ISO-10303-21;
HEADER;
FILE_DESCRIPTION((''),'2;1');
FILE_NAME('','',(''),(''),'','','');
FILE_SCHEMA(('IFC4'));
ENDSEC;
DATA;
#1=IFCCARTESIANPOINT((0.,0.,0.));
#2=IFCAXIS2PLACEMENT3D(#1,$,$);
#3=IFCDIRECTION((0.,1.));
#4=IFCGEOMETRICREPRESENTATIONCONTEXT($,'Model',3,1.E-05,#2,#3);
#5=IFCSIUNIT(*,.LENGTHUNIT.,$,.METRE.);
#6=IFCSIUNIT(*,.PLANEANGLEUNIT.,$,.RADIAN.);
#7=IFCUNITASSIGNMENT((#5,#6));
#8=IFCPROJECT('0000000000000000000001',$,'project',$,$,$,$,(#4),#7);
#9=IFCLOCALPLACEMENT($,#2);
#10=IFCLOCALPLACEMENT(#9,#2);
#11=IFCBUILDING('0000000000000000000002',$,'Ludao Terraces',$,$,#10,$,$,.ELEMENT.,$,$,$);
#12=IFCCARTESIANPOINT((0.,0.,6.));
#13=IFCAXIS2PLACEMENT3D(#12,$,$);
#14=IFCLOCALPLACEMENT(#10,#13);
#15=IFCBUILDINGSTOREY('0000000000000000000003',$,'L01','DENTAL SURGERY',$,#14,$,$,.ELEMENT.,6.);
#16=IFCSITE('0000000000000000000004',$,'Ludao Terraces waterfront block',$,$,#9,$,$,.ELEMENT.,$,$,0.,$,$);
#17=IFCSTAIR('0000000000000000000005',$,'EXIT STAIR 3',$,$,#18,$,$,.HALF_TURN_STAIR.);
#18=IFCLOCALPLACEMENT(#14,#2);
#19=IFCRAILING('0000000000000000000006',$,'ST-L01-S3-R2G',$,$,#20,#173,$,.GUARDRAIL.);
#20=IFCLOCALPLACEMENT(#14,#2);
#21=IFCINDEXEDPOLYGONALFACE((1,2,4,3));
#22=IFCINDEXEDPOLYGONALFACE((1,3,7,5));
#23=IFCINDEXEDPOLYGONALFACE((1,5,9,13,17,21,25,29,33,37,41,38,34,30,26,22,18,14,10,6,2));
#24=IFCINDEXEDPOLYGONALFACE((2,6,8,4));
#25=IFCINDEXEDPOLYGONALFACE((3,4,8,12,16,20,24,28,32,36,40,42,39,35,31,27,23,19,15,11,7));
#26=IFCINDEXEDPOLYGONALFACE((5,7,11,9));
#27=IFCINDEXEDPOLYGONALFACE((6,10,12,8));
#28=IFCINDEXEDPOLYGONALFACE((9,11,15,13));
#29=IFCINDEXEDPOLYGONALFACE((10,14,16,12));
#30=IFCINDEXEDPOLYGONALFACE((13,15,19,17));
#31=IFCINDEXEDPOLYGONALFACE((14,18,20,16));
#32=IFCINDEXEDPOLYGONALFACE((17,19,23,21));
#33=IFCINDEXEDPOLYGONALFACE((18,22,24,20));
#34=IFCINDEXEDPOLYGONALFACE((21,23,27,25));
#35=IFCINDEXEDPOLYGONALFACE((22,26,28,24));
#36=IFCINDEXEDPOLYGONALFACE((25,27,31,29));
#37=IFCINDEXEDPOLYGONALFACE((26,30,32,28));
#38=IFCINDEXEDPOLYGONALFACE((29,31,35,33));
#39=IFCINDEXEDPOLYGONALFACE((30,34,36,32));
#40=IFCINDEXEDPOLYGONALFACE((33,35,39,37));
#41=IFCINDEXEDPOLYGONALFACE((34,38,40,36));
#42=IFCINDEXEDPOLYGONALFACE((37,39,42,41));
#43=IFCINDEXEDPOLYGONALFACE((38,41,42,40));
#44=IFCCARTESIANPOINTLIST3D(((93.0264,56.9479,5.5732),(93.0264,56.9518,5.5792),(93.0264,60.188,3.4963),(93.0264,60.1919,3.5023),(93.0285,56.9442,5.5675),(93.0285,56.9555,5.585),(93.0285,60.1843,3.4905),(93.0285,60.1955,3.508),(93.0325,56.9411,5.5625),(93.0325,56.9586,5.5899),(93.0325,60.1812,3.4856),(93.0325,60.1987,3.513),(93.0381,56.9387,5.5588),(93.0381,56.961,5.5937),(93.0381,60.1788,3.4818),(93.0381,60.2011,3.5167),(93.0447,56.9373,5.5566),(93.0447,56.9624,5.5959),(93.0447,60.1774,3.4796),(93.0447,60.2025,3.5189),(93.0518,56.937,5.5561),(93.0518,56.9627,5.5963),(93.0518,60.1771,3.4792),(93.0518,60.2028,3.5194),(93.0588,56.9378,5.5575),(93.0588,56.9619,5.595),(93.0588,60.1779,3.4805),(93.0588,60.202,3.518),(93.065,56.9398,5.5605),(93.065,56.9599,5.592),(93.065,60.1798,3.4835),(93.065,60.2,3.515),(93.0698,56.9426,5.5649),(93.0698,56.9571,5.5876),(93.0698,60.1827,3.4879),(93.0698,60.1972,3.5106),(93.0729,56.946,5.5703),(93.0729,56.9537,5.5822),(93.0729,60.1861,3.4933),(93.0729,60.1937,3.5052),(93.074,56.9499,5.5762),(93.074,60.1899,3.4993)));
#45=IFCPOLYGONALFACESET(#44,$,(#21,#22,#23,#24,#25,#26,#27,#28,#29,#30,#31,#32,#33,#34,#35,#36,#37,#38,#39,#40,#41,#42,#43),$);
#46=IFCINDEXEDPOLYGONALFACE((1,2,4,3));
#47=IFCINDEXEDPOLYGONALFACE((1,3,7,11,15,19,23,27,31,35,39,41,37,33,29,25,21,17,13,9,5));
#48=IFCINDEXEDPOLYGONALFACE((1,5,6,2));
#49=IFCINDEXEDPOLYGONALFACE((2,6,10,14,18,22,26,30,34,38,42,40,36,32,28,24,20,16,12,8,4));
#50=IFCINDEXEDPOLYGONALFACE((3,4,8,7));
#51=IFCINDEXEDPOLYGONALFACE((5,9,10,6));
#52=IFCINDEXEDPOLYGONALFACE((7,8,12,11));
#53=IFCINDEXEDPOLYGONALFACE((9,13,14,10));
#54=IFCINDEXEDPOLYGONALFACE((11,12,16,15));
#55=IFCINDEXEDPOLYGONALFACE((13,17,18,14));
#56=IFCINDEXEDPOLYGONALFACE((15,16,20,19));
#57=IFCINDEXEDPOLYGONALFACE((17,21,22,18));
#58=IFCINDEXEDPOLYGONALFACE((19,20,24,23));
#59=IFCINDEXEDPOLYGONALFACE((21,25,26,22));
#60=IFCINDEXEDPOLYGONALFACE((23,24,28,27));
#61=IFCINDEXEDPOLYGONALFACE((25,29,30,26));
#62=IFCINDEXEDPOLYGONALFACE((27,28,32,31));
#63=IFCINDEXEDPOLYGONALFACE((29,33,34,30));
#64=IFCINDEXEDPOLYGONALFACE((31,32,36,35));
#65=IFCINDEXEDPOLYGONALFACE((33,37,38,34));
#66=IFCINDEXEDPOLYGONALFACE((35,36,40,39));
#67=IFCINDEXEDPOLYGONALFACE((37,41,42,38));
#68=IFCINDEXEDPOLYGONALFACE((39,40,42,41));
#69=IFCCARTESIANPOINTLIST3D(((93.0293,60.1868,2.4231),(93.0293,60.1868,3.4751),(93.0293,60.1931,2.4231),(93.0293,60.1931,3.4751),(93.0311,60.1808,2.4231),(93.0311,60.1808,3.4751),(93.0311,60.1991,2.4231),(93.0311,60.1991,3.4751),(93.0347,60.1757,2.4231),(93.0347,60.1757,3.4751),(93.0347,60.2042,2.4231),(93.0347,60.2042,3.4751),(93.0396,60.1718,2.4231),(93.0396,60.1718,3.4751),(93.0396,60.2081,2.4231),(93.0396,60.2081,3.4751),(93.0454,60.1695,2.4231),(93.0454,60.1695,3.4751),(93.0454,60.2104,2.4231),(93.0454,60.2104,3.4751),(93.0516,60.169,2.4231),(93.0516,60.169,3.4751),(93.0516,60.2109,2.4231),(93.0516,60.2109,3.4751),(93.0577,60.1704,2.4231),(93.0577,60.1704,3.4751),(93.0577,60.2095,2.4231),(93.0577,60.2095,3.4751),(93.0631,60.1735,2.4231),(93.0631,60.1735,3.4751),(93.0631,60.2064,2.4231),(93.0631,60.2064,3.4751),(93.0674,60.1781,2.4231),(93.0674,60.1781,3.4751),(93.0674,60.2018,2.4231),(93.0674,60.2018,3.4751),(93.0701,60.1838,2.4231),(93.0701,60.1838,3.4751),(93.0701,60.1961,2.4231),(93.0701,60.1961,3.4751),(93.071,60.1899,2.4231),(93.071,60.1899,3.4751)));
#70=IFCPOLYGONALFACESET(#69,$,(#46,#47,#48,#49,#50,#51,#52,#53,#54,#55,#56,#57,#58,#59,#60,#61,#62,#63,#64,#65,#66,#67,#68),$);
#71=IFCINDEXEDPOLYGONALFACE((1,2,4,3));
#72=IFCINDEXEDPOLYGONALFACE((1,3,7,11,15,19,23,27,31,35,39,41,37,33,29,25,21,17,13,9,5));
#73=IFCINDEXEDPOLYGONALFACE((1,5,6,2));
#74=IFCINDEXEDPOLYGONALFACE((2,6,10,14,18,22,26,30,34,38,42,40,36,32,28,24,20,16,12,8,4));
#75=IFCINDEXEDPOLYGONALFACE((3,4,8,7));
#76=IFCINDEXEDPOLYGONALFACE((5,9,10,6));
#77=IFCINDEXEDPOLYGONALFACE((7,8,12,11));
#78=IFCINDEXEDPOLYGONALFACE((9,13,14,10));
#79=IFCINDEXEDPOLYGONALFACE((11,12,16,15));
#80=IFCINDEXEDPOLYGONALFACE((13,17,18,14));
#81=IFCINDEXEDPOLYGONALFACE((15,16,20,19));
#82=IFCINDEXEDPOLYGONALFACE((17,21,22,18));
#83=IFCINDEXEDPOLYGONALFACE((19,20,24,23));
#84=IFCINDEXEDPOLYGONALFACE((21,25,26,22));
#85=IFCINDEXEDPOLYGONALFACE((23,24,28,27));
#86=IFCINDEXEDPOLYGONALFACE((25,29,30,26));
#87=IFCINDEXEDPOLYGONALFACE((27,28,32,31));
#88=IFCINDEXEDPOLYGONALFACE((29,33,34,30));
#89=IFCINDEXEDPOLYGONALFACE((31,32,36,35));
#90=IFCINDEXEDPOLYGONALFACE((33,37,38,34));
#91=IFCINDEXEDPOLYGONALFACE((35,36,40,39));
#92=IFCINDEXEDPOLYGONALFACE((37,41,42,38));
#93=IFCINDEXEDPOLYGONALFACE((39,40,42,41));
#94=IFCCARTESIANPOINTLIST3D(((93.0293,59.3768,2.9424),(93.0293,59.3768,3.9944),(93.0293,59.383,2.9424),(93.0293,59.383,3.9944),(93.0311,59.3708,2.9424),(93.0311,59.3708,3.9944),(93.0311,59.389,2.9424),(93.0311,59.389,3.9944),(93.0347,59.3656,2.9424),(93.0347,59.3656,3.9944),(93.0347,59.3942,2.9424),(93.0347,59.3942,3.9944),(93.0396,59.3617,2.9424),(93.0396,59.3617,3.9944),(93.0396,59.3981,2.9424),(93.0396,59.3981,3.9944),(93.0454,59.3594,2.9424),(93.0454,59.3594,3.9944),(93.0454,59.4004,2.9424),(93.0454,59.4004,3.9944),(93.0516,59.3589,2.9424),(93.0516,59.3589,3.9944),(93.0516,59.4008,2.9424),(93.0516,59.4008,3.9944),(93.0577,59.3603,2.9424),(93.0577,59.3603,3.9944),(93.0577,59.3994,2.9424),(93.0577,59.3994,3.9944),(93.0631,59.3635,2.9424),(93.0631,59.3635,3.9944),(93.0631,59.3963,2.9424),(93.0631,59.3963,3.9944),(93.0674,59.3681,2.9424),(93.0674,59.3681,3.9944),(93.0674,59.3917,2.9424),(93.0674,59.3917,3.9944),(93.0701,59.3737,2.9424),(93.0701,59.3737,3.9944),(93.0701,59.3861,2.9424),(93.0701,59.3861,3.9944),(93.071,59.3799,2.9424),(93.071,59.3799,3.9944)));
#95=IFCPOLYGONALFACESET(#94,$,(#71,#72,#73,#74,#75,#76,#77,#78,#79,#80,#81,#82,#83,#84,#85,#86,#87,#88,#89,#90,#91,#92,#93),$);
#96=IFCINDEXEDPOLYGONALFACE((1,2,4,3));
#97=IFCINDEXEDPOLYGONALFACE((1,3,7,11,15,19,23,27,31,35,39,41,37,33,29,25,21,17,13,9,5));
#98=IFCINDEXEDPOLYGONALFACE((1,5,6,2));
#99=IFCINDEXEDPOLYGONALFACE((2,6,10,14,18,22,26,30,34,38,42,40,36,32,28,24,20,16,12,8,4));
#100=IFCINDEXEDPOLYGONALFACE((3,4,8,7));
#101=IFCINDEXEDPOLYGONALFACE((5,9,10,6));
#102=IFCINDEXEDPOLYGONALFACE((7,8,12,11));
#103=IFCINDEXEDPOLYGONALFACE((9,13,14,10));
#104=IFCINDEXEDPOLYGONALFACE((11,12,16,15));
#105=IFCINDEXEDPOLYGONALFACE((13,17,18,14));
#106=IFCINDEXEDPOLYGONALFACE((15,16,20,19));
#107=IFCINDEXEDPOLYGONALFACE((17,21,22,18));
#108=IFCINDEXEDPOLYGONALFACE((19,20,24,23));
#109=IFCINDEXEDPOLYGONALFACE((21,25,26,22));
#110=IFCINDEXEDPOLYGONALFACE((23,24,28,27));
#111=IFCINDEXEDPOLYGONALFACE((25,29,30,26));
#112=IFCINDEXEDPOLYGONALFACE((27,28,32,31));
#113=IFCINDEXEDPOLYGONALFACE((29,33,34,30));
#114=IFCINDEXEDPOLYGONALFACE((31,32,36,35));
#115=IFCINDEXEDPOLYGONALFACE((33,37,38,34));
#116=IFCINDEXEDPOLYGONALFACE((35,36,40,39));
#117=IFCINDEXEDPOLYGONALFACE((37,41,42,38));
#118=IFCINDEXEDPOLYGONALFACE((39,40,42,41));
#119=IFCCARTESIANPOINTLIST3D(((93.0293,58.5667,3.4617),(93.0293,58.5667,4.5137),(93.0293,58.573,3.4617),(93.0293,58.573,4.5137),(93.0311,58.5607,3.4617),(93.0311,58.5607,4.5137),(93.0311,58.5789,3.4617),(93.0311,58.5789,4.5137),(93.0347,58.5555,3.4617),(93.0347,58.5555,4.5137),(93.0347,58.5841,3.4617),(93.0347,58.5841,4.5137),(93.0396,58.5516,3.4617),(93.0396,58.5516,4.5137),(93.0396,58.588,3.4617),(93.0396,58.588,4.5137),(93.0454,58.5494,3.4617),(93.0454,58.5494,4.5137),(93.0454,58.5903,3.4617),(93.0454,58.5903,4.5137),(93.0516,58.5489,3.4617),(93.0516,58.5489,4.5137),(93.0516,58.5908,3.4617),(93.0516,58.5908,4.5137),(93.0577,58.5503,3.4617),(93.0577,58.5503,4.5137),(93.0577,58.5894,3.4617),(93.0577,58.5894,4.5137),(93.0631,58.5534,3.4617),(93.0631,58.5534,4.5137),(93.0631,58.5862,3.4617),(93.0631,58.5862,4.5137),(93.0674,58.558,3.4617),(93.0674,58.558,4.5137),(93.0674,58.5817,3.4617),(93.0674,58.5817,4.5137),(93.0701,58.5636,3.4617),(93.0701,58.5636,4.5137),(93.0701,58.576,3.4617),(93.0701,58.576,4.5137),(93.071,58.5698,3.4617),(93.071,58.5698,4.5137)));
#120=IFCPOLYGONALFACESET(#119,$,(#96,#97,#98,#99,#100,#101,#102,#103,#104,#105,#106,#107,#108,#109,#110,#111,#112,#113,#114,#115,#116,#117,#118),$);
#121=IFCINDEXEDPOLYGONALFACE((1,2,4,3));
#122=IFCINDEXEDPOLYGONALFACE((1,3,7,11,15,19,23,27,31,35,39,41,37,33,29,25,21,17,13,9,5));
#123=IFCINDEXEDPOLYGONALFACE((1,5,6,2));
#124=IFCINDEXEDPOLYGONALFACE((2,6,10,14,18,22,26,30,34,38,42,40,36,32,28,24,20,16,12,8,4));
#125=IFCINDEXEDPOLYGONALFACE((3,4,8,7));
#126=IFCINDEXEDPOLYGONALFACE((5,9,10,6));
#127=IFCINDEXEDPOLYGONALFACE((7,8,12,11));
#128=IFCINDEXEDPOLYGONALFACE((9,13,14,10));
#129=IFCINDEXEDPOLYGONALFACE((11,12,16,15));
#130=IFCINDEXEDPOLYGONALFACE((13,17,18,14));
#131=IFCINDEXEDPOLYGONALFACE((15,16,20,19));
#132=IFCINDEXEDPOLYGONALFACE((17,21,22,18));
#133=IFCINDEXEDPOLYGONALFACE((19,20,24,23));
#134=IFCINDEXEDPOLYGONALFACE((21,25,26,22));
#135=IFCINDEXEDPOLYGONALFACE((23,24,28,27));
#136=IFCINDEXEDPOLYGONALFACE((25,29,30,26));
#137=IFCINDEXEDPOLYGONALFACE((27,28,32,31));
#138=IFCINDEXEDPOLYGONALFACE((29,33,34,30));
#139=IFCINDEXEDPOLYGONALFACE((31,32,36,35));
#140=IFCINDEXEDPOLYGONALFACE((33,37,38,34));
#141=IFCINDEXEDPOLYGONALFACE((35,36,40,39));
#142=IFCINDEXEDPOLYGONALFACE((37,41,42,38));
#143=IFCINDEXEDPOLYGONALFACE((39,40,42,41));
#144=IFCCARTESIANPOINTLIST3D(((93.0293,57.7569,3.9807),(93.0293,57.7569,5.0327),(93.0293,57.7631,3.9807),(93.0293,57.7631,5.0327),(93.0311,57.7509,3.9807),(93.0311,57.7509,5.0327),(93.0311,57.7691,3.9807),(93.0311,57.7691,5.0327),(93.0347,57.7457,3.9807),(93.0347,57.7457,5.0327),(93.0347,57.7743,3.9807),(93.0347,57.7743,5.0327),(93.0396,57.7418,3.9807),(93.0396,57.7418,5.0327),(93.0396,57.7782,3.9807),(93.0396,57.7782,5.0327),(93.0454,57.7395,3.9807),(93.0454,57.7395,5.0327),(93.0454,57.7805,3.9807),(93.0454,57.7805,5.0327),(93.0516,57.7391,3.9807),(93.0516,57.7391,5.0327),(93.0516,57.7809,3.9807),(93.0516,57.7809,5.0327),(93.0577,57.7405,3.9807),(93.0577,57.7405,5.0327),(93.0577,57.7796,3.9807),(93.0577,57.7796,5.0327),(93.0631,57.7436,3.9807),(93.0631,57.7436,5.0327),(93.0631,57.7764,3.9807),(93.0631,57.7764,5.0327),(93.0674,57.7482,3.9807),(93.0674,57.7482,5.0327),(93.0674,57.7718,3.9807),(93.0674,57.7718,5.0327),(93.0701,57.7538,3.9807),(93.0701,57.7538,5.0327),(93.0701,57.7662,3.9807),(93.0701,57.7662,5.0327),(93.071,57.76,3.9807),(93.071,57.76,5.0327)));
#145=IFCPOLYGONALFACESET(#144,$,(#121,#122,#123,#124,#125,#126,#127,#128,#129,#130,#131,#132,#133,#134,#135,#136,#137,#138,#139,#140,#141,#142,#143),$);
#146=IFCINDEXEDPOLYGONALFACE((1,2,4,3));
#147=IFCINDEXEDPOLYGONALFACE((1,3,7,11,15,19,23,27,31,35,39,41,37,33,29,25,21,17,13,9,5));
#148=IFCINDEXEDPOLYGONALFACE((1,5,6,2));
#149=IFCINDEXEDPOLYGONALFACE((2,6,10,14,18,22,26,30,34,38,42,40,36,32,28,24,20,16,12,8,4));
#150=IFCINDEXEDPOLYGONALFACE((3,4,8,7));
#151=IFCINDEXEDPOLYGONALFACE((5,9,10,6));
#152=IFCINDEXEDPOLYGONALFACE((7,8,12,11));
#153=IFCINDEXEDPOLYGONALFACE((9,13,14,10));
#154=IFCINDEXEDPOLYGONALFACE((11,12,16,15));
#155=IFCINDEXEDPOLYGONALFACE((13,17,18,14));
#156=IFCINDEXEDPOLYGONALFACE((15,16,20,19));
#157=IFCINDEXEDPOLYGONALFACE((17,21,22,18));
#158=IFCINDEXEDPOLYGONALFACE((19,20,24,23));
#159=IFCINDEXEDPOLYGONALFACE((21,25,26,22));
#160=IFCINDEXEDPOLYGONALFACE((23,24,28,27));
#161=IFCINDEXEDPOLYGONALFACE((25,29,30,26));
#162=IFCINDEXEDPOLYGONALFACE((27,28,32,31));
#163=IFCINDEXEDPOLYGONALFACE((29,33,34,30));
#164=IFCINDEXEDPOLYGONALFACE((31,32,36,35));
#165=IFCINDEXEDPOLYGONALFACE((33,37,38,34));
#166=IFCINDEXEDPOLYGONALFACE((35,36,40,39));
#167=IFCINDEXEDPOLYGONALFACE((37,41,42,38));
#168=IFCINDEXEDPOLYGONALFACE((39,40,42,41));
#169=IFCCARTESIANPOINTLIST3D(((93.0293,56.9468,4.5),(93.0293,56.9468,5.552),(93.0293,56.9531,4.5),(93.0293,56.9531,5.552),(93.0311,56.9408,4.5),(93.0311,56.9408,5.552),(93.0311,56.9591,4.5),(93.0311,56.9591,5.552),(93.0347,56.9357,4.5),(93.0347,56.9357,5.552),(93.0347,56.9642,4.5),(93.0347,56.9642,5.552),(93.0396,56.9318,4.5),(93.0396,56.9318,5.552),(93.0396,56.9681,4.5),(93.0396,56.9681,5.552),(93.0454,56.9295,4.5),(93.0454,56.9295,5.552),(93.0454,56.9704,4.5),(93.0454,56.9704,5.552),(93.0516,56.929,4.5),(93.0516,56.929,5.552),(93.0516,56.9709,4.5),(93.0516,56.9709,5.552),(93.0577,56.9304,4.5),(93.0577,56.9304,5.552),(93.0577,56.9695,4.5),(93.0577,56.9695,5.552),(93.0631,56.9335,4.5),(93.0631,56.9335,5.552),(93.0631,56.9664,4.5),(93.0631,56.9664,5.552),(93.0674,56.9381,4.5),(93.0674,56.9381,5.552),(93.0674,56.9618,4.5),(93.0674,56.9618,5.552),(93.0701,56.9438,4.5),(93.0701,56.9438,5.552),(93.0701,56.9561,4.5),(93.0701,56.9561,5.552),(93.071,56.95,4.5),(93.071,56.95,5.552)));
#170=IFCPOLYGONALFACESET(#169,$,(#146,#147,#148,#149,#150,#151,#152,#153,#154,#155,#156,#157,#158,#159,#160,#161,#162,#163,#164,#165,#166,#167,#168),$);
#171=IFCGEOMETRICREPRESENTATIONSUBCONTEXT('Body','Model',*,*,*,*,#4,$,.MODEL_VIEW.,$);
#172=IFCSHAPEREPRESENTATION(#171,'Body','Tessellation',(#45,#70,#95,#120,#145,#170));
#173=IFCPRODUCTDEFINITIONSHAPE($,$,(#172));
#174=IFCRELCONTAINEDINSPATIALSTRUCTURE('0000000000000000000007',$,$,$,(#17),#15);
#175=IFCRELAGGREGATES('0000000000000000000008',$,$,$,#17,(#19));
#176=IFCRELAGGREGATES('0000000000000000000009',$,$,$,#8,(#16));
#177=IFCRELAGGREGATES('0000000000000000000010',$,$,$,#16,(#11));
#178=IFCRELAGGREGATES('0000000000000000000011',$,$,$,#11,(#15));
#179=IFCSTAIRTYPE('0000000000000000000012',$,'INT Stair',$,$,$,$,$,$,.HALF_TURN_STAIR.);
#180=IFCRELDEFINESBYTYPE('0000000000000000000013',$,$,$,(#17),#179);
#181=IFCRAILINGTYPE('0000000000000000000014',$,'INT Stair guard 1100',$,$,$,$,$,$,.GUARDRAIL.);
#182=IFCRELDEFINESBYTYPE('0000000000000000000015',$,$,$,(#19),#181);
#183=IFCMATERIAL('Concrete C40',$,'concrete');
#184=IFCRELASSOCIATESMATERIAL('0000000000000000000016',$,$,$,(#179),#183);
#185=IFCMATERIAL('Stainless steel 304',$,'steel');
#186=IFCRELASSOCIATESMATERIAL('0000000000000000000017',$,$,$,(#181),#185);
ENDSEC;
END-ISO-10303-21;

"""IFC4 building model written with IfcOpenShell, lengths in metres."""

from ifc_helpers import new_model, si_unit, direction, frame, origin, origin_2d, place, context, subcontext, project, spatial, circle, extrude, material, type_object, element, aggregate, save


model = new_model("IFC4")

# Units and contexts
model_context = context("Model", 3, precision=1e-05, world=origin(), true_north=direction((0.0, 1.0)))
body_context = subcontext(model_context, "Body", "Model", "MODEL_VIEW")
ifc_project = project(units=[si_unit("LENGTHUNIT", "METRE"), si_unit("PLANEANGLEUNIT", "RADIAN")], contexts=[model_context])

# Site, building, storey
site_placement = place(None, origin())
site = spatial("IfcSite", under=ifc_project, at=site_placement, Name="Ludao Terraces waterfront block", CompositionType="ELEMENT", RefElevation=0.0)
building_placement = place(site_placement, origin())
building = spatial("IfcBuilding", under=site, at=building_placement, Name="Ludao Terraces", CompositionType="ELEMENT")
storey_placement = place(building_placement, frame((0.0, 0.0, 6.0)))
storey = spatial("IfcBuildingStorey", under=building, at=storey_placement, Name="L01", Description="DENTAL SURGERY", CompositionType="ELEMENT", Elevation=6.0)

# Stair, railing
ifc_material_1 = material(Name="Concrete C40", Category="concrete")
stair_type = type_object("IfcStairType", Name="INT Stair", PredefinedType="HALF_TURN_STAIR", material=ifc_material_1)
stair_placement = place(storey_placement, origin())
stair = element("IfcStair", 1, at=stair_placement, inside=storey, type_object=stair_type, Name="EXIT STAIR 3", PredefinedType="HALF_TURN_STAIR")
ifc_material_2 = material(Name="Stainless steel 304", Category="steel")
railing_type_1 = type_object("IfcRailingType", Name="INT Stair guard 1100", PredefinedType="GUARDRAIL", material=ifc_material_2)
railing_1_placement = place(storey_placement, frame((93.05, 60.1899, 2.4231)))
railing_1 = element("IfcRailing", 2, at=railing_1_placement, type_object=railing_type_1, Name="ST-L01-S3-R2G", PredefinedType="GUARDRAIL", context=body_context, shape_type="SweptSolid", body=[
    extrude(circle(Radius=0.0239, at=origin_2d()), frame((0.0, 0.0, 1.0762), z_axis=(0.0, -0.841881, 0.539664), x_axis=(1.0, 0.0, 0.0)), (0.0, 0.0, 1.0), 3.8486),
    extrude(circle(Radius=0.021, at=origin_2d()), origin(), (0.0, 0.0, 1.0), 1.052),
    extrude(circle(Radius=0.021, at=origin_2d()), frame((0.0, -0.8101, 0.5193)), (0.0, 0.0, 1.0), 1.052),
    extrude(circle(Radius=0.021, at=origin_2d()), frame((0.0, -1.6201, 1.0386)), (0.0, 0.0, 1.0), 1.052),
    extrude(circle(Radius=0.021, at=origin_2d()), frame((0.0, -2.4299, 1.5576)), (0.0, 0.0, 1.0), 1.052),
    extrude(circle(Radius=0.021, at=origin_2d()), frame((0.0, -3.24, 2.0769)), (0.0, 0.0, 1.0), 1.052),
])
aggregate(stair, [railing_1])

save(model, "model.ifc")
